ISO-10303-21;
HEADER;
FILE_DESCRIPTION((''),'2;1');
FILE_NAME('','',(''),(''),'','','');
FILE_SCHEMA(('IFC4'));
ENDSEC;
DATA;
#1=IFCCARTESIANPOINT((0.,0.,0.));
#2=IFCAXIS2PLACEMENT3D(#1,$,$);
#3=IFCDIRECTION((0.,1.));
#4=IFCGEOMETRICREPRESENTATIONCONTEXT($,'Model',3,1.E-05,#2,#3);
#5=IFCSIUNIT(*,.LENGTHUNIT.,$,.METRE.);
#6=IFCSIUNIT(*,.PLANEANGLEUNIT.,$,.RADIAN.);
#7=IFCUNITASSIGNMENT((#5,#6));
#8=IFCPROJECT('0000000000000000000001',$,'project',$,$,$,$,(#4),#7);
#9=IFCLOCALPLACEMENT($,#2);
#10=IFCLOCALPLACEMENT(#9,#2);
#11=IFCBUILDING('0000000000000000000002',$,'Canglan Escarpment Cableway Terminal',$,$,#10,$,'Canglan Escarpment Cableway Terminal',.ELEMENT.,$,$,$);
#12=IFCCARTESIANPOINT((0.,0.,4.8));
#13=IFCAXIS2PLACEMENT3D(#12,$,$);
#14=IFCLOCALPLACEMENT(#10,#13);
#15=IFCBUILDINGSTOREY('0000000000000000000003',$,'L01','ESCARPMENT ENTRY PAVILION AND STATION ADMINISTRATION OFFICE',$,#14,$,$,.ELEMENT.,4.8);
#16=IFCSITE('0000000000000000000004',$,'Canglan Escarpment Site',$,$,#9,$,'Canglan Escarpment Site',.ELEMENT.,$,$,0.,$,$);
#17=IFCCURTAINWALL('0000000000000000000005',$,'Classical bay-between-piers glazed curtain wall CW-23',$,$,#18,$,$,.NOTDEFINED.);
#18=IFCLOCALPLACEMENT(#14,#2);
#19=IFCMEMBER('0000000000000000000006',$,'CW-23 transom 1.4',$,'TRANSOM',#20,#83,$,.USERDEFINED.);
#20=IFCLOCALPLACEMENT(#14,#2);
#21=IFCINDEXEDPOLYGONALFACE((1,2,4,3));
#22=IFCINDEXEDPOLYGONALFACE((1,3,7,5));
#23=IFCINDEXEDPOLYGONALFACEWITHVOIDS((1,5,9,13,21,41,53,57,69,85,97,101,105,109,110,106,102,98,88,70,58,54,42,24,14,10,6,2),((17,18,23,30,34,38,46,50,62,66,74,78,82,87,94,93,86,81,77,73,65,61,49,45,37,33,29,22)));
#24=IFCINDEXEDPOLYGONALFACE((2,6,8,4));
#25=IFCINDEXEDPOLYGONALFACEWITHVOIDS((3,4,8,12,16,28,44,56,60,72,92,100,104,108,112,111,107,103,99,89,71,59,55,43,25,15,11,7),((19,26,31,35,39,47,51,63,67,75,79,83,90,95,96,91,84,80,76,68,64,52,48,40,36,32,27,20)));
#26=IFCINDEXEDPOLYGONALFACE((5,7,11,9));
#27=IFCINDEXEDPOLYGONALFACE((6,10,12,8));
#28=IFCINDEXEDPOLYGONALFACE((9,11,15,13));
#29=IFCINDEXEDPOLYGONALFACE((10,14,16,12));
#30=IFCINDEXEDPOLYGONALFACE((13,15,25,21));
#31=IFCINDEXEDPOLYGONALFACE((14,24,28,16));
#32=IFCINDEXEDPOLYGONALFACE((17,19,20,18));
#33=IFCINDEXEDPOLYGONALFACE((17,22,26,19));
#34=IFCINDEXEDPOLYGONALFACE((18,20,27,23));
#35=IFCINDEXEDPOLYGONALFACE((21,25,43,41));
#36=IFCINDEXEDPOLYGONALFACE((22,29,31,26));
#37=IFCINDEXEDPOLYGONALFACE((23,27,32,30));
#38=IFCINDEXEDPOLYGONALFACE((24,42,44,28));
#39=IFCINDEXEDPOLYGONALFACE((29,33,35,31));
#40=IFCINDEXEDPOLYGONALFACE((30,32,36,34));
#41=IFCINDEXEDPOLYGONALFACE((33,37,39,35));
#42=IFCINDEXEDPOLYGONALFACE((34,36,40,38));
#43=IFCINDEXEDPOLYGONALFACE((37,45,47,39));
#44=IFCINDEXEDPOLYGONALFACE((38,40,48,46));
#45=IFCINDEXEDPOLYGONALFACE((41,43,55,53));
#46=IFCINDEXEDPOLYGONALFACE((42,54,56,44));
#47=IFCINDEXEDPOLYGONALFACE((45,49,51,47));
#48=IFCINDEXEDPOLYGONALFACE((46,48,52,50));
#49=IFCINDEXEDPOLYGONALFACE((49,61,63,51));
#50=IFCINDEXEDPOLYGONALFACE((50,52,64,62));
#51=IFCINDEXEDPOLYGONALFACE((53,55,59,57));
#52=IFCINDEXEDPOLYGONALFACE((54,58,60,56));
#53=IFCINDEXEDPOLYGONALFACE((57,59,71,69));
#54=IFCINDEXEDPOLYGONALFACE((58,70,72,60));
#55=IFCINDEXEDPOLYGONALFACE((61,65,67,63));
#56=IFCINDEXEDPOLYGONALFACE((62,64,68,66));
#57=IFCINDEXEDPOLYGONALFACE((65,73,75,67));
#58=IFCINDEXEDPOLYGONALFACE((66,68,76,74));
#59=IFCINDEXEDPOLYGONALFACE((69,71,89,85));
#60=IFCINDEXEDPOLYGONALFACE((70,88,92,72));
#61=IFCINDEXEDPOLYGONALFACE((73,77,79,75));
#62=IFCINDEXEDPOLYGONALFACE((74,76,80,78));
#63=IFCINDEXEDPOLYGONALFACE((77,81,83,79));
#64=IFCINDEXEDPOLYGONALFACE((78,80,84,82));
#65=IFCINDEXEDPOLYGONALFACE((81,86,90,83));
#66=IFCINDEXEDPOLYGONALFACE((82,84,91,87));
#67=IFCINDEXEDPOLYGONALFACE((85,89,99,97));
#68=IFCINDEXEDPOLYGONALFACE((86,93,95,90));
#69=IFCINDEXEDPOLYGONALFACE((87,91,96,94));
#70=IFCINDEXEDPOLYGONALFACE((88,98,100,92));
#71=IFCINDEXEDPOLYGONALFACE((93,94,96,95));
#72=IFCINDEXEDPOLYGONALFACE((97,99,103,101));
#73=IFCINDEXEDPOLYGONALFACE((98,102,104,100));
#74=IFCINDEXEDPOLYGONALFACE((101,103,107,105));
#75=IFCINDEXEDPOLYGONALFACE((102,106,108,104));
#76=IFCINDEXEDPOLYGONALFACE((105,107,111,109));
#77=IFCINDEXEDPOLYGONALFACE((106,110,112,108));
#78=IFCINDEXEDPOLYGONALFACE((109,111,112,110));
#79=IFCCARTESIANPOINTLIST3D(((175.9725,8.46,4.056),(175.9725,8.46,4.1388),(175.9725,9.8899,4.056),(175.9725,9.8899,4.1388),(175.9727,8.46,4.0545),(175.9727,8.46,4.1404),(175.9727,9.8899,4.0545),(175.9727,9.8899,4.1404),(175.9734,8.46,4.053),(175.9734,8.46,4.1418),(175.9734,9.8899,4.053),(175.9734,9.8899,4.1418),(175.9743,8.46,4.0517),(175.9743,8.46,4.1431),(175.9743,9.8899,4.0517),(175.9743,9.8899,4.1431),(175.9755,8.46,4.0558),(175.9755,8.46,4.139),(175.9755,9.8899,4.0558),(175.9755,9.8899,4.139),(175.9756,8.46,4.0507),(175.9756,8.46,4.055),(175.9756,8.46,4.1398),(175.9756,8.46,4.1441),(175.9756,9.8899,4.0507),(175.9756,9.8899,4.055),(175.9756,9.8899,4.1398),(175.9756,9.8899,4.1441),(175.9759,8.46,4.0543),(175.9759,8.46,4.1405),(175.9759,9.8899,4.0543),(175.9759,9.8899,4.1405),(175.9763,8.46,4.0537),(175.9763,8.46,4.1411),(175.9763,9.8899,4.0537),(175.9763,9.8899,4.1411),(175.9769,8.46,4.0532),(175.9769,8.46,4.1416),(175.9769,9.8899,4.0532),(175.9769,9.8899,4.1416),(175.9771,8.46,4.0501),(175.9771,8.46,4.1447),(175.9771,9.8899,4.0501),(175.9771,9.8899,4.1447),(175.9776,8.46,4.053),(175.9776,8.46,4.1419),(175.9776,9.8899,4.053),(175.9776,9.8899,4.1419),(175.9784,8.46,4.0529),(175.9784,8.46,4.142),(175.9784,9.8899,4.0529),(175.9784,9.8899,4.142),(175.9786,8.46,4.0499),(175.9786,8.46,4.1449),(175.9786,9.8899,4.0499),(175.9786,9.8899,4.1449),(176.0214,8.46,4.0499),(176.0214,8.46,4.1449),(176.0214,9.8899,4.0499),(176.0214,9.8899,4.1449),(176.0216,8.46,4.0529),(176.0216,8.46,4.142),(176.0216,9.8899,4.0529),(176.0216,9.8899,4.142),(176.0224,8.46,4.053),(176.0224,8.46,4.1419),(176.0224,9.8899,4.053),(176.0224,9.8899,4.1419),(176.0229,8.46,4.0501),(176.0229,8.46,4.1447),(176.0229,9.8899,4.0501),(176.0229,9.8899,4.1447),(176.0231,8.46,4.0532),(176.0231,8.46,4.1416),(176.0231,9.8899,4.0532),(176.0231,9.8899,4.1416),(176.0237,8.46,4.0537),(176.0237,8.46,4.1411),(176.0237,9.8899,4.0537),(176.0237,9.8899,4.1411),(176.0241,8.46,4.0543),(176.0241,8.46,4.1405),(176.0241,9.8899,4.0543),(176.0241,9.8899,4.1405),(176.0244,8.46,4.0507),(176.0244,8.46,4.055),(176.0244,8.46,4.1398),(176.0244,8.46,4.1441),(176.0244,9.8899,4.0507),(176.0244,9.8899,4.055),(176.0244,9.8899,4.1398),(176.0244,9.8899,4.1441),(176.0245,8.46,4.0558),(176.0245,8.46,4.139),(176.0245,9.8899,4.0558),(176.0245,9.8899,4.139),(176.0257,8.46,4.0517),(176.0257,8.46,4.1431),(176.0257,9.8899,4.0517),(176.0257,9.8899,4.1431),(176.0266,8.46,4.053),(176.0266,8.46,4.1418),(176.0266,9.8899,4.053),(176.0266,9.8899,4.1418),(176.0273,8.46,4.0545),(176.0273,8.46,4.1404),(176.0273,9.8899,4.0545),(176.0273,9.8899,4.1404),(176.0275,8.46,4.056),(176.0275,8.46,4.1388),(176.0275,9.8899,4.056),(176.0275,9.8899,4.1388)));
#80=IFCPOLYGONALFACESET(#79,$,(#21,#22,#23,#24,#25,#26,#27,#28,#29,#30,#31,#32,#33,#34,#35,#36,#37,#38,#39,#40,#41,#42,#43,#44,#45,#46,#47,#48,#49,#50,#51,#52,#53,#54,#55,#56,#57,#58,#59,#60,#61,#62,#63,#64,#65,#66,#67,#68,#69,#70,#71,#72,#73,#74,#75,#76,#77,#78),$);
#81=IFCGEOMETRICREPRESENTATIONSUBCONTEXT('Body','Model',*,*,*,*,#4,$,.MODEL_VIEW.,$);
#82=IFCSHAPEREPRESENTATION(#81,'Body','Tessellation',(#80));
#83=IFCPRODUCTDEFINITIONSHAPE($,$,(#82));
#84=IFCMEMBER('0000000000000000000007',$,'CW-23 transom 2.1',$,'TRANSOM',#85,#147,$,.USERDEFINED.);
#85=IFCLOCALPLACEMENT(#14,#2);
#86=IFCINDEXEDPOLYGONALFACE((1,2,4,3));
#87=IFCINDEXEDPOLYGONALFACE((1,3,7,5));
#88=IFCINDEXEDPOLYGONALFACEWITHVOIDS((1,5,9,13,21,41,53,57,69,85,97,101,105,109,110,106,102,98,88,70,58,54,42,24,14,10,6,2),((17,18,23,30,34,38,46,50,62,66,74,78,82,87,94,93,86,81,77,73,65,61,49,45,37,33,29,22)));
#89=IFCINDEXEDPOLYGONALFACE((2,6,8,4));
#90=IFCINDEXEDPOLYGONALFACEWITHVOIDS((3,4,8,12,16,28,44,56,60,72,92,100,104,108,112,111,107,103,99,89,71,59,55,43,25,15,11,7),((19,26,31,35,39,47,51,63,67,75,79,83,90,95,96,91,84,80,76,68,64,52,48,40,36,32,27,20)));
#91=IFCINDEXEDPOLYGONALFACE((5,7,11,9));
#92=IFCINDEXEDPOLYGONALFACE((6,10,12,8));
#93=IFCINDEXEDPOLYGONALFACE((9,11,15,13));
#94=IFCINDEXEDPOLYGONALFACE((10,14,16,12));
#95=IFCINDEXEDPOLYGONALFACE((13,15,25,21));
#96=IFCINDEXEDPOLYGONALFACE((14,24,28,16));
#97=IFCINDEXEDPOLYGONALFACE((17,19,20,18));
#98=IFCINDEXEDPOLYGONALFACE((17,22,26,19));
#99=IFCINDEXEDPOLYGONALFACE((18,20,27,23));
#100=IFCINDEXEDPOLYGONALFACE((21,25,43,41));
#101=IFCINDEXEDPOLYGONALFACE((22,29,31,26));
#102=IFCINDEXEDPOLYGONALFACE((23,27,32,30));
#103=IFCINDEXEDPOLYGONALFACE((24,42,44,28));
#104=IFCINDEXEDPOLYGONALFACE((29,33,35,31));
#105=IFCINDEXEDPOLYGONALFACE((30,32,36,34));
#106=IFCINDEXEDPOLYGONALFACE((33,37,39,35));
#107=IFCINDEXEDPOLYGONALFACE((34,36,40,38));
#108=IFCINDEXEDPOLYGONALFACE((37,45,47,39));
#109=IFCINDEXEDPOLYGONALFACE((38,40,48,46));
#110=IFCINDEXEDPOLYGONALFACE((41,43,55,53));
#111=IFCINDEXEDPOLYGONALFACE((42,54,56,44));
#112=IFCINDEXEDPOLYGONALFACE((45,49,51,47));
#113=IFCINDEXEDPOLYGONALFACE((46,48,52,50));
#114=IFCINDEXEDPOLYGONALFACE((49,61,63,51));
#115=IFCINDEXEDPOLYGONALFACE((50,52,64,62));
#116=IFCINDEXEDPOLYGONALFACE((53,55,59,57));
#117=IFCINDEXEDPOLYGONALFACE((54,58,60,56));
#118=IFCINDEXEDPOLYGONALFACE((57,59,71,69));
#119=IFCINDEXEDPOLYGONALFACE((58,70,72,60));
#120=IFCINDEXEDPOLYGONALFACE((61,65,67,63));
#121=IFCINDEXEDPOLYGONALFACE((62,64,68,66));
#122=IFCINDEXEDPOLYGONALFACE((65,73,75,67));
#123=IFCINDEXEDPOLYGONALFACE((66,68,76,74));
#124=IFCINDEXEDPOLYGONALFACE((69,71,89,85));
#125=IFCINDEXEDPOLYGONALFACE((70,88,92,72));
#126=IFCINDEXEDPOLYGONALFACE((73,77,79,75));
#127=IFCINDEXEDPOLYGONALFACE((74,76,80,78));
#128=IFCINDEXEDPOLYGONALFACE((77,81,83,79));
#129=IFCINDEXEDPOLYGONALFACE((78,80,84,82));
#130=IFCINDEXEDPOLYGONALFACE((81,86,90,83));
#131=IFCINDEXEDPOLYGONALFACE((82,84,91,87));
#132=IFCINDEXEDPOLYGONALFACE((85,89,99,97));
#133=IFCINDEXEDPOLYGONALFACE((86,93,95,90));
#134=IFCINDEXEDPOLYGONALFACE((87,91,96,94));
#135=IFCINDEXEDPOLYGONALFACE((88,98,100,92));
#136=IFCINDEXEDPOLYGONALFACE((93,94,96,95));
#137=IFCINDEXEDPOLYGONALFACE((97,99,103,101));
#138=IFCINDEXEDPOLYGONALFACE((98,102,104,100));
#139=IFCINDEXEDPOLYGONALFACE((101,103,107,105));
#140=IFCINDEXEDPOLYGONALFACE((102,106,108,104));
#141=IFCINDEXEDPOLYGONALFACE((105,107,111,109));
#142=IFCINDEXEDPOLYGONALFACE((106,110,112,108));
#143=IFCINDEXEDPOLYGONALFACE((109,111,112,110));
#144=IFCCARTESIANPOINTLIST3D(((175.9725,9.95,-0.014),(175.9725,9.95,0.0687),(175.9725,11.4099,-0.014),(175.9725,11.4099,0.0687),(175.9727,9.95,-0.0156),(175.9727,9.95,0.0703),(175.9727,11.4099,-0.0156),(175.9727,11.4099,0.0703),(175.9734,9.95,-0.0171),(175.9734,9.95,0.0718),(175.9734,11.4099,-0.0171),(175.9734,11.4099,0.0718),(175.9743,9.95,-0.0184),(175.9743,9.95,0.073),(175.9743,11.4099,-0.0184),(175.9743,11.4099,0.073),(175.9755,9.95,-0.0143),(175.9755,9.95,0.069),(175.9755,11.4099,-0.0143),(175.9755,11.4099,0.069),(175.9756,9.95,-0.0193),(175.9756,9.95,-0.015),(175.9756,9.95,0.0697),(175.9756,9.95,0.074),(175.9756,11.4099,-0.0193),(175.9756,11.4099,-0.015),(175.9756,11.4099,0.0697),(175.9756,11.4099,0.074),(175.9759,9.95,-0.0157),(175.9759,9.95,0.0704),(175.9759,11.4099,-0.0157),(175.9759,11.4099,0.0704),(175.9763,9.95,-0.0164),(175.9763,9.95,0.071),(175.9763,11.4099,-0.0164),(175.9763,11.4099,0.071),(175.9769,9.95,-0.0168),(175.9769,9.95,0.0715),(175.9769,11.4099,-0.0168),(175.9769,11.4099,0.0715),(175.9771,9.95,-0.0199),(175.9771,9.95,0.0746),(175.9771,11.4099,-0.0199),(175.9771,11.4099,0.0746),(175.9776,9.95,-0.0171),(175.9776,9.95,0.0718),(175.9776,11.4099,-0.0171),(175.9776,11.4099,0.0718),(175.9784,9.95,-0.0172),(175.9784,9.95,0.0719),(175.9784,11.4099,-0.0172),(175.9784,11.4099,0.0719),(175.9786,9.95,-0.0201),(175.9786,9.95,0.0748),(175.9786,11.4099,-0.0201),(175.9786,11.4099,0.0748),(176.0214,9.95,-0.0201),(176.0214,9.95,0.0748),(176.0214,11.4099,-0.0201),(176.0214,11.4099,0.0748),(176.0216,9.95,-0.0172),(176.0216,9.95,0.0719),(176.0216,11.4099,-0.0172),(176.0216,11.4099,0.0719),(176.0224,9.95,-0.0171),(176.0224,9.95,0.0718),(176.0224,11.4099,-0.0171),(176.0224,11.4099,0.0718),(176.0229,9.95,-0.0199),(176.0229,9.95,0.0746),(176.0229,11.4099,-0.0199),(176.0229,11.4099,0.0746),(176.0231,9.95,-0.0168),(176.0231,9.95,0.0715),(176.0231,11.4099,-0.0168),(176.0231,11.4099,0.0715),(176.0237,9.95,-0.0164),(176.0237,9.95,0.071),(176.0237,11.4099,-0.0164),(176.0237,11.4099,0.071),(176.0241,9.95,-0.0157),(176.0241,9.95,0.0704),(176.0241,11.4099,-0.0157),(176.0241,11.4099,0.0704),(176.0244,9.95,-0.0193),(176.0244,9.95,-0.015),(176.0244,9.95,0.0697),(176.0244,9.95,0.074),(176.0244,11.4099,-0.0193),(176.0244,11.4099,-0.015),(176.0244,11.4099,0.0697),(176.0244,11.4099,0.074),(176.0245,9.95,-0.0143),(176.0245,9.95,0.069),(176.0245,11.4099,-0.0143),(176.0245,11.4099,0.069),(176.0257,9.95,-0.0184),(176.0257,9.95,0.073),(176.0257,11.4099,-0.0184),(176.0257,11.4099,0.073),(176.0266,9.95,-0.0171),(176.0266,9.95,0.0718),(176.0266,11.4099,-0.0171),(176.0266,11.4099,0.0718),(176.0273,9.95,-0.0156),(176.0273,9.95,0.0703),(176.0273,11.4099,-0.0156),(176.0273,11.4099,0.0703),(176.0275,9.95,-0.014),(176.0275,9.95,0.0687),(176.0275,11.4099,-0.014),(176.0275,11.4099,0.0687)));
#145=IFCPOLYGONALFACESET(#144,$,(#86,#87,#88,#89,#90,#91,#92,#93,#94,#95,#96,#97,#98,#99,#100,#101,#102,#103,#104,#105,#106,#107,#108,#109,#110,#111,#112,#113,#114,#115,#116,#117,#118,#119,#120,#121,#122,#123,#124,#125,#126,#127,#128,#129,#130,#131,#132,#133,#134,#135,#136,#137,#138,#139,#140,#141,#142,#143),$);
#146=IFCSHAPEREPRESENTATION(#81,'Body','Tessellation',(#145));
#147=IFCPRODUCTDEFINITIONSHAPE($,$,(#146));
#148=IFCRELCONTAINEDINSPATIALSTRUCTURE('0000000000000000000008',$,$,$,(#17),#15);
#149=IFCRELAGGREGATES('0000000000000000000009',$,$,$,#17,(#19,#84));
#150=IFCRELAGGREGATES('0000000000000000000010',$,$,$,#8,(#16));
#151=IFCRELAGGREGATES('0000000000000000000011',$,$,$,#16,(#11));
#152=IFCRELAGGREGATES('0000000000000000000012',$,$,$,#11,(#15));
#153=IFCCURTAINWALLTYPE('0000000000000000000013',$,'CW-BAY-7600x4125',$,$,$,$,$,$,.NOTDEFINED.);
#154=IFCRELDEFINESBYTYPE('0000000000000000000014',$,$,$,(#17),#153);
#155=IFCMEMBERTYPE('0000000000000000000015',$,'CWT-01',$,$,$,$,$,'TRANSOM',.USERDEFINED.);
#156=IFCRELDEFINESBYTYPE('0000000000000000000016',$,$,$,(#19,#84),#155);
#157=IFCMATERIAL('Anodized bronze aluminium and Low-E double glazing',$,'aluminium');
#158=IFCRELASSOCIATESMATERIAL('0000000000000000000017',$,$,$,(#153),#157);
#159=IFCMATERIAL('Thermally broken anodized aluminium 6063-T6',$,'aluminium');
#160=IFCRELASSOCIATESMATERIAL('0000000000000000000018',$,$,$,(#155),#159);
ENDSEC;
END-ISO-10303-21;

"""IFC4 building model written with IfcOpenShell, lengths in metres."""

from ifc_helpers import new_model, si_unit, direction, frame, origin, origin_2d, place, context, subcontext, project, spatial, hollow_rectangle, extrude, material, material_profile, profile_set, type_object, element, aggregate, save


model = new_model("IFC4")

# Units and contexts
model_context = context("Model", 3, precision=1e-05, world=origin(), true_north=direction((0.0, 1.0)))
body_context = subcontext(model_context, "Body", "Model", "MODEL_VIEW")
ifc_project = project(units=[si_unit("LENGTHUNIT", "METRE"), si_unit("PLANEANGLEUNIT", "RADIAN")], contexts=[model_context])

# Site, building, storey
site_placement = place(None, origin())
site = spatial("IfcSite", under=ifc_project, at=site_placement, Name="Canglan Escarpment Site", LongName="Canglan Escarpment Site", CompositionType="ELEMENT", RefElevation=0.0)
building_placement = place(site_placement, origin())
building = spatial("IfcBuilding", under=site, at=building_placement, Name="Canglan Escarpment Cableway Terminal", LongName="Canglan Escarpment Cableway Terminal", CompositionType="ELEMENT")
storey_placement = place(building_placement, frame((0.0, 0.0, 4.8)))
storey = spatial("IfcBuildingStorey", under=building, at=storey_placement, Name="L01", Description="ESCARPMENT ENTRY PAVILION AND STATION ADMINISTRATION OFFICE", CompositionType="ELEMENT", Elevation=4.8)

# Curtain wall, members
ifc_material_1 = material(Name="Anodized bronze aluminium and Low-E double glazing", Category="aluminium")
curtain_wall_type_1 = type_object("IfcCurtainWallType", Name="CW-BAY-7600x4125", PredefinedType="NOTDEFINED", material=ifc_material_1)
curtain_wall_1_placement = place(storey_placement, origin())
curtain_wall_1 = element("IfcCurtainWall", 1, at=curtain_wall_1_placement, inside=storey, type_object=curtain_wall_type_1, Name="Classical bay-between-piers glazed curtain wall CW-23", PredefinedType="NOTDEFINED")
ifc_material_2 = material(Name="Thermally broken anodized aluminium 6063-T6", Category="aluminium")
ifc_material_profile_1 = material_profile(ifc_material_2, hollow_rectangle(XDim=0.0549, YDim=0.095, WallThickness=0.0029, InnerFilletRadius=0.0029, OuterFilletRadius=0.0061, at=origin_2d()), Name="ALU-TRAN 55x95x3")
ifc_profile_set_1 = profile_set([ifc_material_profile_1], Name="Thermally broken anodized aluminium 6063-T6")
member_type_1 = type_object("IfcMemberType", Name="CWT-01", ElementType="TRANSOM", PredefinedType="USERDEFINED", material=ifc_profile_set_1)
member_1_placement = place(storey_placement, frame((176.0, 8.46, 4.0974), z_axis=(0.0, 1.0, 0.0), x_axis=(-1.0, 0.0, 0.0)))
member_1 = element("IfcMember", 2, at=member_1_placement, type_object=member_type_1, Name="CW-23 transom 1.4", ObjectType="TRANSOM", PredefinedType="USERDEFINED", context=body_context, shape_type="SweptSolid", body=[
    extrude(hollow_rectangle(XDim=0.0549, YDim=0.095, WallThickness=0.0029, InnerFilletRadius=0.0029, OuterFilletRadius=0.0061, at=origin_2d()), origin(), (0.0, 0.0, 1.0), 1.4299),
])
member_2_placement = place(storey_placement, frame((176.0, 9.95, 0.0273), z_axis=(0.0, 1.0, 0.0), x_axis=(-1.0, 0.0, 0.0)))
member_2 = element("IfcMember", 3, at=member_2_placement, type_object=member_type_1, Name="CW-23 transom 2.1", ObjectType="TRANSOM", PredefinedType="USERDEFINED", context=body_context, shape_type="SweptSolid", body=[
    extrude(hollow_rectangle(XDim=0.0549, YDim=0.095, WallThickness=0.0029, InnerFilletRadius=0.0029, OuterFilletRadius=0.0061, at=origin_2d()), origin(), (0.0, 0.0, 1.0), 1.46),
])

aggregate(curtain_wall_1, [member_1, member_2])

save(model, "model.ifc")
